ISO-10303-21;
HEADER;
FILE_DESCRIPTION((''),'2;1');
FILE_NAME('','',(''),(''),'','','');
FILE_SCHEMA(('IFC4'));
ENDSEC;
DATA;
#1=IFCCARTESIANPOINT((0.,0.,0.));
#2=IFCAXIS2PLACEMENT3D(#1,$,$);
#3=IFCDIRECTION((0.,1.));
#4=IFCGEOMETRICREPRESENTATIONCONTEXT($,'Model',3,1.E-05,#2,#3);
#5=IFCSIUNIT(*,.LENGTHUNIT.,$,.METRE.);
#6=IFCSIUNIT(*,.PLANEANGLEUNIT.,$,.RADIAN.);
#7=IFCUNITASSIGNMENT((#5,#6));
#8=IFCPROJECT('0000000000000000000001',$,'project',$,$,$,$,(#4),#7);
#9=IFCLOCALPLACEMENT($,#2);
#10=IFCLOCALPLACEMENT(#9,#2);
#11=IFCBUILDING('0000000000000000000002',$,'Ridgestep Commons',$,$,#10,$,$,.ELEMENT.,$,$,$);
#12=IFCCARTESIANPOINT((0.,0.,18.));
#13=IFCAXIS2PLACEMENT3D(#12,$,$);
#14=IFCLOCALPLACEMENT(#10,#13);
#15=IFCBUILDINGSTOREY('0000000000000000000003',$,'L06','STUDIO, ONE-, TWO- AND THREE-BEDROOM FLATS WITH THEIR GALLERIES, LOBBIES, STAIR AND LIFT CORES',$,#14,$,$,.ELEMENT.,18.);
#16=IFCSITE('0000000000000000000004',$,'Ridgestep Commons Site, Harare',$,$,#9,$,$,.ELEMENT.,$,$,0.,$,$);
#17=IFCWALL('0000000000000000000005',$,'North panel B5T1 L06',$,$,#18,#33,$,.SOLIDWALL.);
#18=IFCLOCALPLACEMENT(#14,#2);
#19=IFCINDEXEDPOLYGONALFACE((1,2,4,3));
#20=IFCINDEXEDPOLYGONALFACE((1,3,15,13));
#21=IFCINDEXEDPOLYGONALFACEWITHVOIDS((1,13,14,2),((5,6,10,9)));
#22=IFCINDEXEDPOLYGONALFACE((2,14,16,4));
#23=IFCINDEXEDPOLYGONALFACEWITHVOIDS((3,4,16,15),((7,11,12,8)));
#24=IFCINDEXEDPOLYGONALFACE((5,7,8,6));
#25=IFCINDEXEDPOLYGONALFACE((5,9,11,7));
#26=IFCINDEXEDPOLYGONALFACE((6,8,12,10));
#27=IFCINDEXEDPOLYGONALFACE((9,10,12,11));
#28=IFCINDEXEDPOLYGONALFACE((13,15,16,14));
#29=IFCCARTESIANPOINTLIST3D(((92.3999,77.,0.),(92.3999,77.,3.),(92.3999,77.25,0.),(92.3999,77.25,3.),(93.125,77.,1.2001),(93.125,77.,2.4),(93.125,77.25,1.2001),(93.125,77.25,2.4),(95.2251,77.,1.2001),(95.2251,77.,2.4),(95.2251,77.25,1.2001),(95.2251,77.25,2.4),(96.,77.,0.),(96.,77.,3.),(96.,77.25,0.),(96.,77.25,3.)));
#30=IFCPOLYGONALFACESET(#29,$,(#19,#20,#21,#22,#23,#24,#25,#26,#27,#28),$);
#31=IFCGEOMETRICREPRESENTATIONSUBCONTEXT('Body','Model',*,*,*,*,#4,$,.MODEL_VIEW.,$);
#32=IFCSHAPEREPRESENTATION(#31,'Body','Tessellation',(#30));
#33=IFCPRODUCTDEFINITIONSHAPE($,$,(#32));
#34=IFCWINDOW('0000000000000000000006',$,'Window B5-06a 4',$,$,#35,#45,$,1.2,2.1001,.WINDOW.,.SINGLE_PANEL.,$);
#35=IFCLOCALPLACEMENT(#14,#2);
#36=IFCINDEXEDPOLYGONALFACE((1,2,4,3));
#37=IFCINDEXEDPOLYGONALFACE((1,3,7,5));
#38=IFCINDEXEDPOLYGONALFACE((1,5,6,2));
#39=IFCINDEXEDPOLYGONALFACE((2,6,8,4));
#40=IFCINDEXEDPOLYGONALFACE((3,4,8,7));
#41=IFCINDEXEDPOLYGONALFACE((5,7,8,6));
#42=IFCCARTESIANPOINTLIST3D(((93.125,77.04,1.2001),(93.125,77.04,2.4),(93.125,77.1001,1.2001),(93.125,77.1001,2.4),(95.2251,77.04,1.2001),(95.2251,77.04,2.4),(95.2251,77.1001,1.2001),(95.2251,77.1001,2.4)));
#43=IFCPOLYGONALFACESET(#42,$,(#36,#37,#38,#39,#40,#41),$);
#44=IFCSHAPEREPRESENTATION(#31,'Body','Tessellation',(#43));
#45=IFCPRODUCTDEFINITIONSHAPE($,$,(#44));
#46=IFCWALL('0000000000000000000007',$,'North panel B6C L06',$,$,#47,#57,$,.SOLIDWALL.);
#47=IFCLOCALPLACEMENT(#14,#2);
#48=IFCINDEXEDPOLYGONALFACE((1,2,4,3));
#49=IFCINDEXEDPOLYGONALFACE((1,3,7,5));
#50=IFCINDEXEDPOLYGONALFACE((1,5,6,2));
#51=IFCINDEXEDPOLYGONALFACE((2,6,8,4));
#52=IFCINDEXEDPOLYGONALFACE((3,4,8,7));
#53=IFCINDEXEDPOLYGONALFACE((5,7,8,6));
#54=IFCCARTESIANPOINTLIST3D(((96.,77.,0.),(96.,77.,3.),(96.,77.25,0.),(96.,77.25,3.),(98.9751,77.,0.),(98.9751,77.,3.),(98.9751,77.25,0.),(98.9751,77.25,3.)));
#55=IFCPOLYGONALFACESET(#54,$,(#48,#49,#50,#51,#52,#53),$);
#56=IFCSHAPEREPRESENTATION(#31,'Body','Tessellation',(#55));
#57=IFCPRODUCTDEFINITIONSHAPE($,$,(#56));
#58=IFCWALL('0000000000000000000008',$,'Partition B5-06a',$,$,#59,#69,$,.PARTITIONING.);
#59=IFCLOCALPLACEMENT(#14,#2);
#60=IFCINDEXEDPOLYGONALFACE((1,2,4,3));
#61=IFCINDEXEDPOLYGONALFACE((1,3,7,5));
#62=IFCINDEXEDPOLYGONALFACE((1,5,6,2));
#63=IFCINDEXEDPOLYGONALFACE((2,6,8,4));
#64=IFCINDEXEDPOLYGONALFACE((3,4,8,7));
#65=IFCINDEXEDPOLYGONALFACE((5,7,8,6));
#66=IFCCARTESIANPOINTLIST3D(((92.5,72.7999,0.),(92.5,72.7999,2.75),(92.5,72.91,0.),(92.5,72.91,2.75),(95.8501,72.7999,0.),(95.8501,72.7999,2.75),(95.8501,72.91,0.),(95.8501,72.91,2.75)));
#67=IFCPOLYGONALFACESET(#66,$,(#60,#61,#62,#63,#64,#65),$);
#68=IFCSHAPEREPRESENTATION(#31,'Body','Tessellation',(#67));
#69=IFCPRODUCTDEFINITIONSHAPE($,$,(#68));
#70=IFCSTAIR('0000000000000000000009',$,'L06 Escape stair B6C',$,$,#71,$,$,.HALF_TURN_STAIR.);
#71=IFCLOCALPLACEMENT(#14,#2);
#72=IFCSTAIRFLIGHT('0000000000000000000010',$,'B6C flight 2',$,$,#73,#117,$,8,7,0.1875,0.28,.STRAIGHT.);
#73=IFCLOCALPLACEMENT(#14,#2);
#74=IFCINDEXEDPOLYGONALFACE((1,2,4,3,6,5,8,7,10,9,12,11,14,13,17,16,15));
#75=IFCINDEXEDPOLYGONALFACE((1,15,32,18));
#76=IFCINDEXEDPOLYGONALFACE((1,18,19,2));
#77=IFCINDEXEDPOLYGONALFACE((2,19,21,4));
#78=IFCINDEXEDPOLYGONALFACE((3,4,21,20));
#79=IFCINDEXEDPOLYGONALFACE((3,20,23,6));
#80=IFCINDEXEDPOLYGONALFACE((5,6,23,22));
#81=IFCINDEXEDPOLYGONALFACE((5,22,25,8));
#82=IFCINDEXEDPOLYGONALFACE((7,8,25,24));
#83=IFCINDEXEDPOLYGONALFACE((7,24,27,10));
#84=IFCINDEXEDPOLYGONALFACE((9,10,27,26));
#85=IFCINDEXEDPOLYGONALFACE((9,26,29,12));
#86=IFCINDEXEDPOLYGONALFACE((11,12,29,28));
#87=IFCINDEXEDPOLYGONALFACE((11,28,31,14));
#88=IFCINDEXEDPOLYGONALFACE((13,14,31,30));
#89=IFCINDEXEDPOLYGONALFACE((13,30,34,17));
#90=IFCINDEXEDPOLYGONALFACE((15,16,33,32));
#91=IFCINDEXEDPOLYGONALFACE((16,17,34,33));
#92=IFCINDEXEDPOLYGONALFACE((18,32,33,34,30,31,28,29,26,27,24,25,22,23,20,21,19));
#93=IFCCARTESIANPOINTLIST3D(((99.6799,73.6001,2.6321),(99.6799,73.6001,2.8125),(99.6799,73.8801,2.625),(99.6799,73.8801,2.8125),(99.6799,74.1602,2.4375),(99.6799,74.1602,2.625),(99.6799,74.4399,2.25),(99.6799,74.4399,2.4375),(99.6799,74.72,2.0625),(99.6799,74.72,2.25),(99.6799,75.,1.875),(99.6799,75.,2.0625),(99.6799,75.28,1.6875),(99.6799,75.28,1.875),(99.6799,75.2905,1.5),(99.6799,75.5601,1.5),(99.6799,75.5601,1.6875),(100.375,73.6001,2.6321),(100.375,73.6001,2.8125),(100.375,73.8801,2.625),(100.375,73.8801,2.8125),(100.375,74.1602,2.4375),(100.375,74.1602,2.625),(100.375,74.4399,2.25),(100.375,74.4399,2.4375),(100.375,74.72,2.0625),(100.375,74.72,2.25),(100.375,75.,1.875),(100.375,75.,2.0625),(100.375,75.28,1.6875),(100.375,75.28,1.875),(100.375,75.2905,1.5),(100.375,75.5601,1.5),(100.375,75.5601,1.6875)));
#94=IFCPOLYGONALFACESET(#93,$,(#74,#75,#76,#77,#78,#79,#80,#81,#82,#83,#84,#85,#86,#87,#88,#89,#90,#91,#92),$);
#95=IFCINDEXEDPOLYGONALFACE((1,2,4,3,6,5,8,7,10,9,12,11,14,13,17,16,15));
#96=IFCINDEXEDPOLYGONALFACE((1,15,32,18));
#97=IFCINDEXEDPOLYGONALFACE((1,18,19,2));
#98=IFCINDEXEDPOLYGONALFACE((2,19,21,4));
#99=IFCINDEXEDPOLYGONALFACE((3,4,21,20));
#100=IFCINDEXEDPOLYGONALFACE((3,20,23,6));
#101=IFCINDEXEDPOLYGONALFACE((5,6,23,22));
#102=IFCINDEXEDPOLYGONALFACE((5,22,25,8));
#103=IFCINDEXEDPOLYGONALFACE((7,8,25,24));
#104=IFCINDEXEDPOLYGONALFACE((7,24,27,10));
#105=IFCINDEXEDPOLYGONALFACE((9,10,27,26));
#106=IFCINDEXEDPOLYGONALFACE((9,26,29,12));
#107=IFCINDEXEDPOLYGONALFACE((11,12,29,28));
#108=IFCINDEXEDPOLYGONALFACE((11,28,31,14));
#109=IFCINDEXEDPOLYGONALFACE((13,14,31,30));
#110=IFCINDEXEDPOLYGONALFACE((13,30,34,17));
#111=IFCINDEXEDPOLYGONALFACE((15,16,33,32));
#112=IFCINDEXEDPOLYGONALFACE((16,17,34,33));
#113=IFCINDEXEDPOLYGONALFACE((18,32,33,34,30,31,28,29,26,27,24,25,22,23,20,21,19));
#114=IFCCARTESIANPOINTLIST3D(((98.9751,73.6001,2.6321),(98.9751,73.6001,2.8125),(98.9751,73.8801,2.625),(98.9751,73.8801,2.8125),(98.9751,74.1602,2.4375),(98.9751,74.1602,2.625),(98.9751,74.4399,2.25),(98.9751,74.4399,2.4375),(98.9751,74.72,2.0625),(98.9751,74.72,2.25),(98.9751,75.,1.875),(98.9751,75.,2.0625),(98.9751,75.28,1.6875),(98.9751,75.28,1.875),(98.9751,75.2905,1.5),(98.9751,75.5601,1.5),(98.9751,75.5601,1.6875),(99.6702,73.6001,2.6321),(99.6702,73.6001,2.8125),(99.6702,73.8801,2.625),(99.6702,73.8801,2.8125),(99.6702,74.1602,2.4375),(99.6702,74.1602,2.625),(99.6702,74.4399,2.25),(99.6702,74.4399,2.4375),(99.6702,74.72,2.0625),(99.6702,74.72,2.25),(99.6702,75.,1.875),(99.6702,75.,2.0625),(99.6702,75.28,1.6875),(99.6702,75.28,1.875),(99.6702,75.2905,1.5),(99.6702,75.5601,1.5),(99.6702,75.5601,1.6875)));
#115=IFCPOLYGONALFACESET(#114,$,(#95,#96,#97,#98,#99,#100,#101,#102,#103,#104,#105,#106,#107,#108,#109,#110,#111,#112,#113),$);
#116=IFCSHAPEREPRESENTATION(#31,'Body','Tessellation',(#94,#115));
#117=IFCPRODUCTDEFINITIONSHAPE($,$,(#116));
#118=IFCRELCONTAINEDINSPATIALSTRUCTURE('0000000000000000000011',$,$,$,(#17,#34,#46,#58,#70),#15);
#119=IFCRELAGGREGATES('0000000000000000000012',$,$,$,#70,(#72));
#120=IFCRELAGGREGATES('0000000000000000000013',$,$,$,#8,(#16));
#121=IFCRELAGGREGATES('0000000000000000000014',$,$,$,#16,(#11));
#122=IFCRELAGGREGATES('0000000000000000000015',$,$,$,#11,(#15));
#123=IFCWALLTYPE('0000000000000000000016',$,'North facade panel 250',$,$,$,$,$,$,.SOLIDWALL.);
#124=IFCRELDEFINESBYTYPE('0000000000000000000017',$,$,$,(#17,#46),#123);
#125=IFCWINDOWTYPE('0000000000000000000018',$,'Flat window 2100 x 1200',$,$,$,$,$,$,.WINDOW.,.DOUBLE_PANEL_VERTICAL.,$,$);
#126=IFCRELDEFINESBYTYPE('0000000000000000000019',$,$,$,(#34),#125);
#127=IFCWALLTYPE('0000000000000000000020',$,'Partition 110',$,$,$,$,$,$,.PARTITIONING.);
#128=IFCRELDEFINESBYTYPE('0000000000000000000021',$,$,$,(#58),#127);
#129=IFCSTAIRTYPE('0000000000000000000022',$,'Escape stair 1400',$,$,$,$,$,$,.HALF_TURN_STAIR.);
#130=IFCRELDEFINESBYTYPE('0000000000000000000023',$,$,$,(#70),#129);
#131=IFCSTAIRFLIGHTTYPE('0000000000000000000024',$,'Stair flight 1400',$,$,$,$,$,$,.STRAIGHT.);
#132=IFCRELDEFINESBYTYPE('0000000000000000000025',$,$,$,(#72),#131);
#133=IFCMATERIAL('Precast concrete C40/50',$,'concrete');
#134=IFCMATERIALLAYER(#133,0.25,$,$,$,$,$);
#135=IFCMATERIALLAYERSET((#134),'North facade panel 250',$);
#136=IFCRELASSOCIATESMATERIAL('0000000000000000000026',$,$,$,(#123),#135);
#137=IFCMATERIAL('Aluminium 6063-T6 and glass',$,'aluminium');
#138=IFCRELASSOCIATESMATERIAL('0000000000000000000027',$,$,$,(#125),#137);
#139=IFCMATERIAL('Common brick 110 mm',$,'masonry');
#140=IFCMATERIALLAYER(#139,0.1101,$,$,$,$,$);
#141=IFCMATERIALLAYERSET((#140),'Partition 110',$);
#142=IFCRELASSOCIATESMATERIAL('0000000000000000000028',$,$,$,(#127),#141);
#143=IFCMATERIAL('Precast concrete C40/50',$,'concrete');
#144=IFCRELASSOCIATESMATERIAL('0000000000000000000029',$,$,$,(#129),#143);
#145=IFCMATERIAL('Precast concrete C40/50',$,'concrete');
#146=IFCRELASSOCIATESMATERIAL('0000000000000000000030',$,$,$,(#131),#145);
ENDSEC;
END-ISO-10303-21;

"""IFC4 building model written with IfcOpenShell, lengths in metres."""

from ifc_helpers import new_model, si_unit, direction, frame, frame_2d, origin, place, context, subcontext, project, spatial, polyline, rectangle, outline, extrude, material, layer, layer_set, type_object, element, fill, aggregate, save


model = new_model("IFC4")

# Units and contexts
model_context = context("Model", 3, precision=1e-05, world=origin(), true_north=direction((0.0, 1.0)))
body_context = subcontext(model_context, "Body", "Model", "MODEL_VIEW")
ifc_project = project(units=[si_unit("LENGTHUNIT", "METRE"), si_unit("PLANEANGLEUNIT", "RADIAN")], contexts=[model_context])

# Site, building, storey
site_placement = place(None, origin())
site = spatial("IfcSite", under=ifc_project, at=site_placement, Name="Ridgestep Commons Site, Harare", CompositionType="ELEMENT", RefElevation=0.0)
building_placement = place(site_placement, origin())
building = spatial("IfcBuilding", under=site, at=building_placement, Name="Ridgestep Commons", CompositionType="ELEMENT")
storey_placement = place(building_placement, frame((0.0, 0.0, 18.0)))
storey = spatial("IfcBuildingStorey", under=building, at=storey_placement, Name="L06", Description="STUDIO, ONE-, TWO- AND THREE-BEDROOM FLATS WITH THEIR GALLERIES, LOBBIES, STAIR AND LIFT CORES", CompositionType="ELEMENT", Elevation=18.0)

# Wall, opening, window
ifc_material_1 = material(Name="Precast concrete C40/50", Category="concrete")
ifc_layer_1 = layer(ifc_material_1, 0.25)
ifc_layer_set_1 = layer_set([ifc_layer_1], Name="North facade panel 250")
wall_type_1 = type_object("IfcWallType", Name="North facade panel 250", PredefinedType="SOLIDWALL", material=ifc_layer_set_1)
wall_1_placement = place(storey_placement, frame((92.3999, 77.125, 0.0), z_axis=(0.0, 0.0, 1.0), x_axis=(1.0, 0.0, 0.0)))
wall_1 = element("IfcWall", 1, at=wall_1_placement, inside=storey, type_object=wall_type_1, Name="North panel B5T1 L06", PredefinedType="SOLIDWALL", context=body_context, shape_type="SweptSolid", body=[
    extrude(rectangle(XDim=3.6001, YDim=0.25, at=frame_2d((1.8, 0.0))), origin(), (0.0, 0.0, 1.0), 3.0),
])
opening_1_placement = place(wall_1_placement, frame((0.7251, 0.0, 1.2)))
opening_1 = element("IfcOpeningElement", 2, at=opening_1_placement, cuts=wall_1, PredefinedType="OPENING", context=body_context, shape_type="SweptSolid", body=[
    extrude(rectangle(XDim=2.1001, YDim=1.2, at=frame_2d((1.05, 0.6001))), frame((0.0, 0.135, 0.0), z_axis=(0.0, -1.0, 0.0), x_axis=(1.0, 0.0, 0.0)), (0.0, 0.0, 1.0), 0.27),
])
ifc_material_2 = material(Name="Aluminium 6063-T6 and glass", Category="aluminium")
window_type = type_object("IfcWindowType", Name="Flat window 2100 x 1200", PartitioningType="DOUBLE_PANEL_VERTICAL", PredefinedType="WINDOW", material=ifc_material_2)
window_placement = place(opening_1_placement, origin())
window = element("IfcWindow", 3, at=window_placement, inside=storey, type_object=window_type, Name="Window B5-06a 4", OverallHeight=1.2, OverallWidth=2.1001, PartitioningType="SINGLE_PANEL", PredefinedType="WINDOW", context=body_context, shape_type="SweptSolid", body=[
    extrude(rectangle(XDim=2.1001, YDim=1.2, at=frame_2d((1.05, 0.6001))), frame((0.0, -0.0249, 0.0), z_axis=(0.0, -1.0, 0.0), x_axis=(1.0, 0.0, 0.0)), (0.0, 0.0, 1.0), 0.0601),
])
fill(opening_1, window)

# Walls
wall_2_placement = place(storey_placement, frame((96.0, 77.125, 0.0), z_axis=(0.0, 0.0, 1.0), x_axis=(1.0, 0.0, 0.0)))
element("IfcWall", 4, at=wall_2_placement, inside=storey, type_object=wall_type_1, Name="North panel B6C L06", PredefinedType="SOLIDWALL", context=body_context, shape_type="SweptSolid", body=[
    extrude(rectangle(XDim=2.9751, YDim=0.25, at=frame_2d((1.4875, 0.0))), origin(), (0.0, 0.0, 1.0), 3.0),
])
ifc_material_3 = material(Name="Common brick 110 mm", Category="masonry")
ifc_layer_2 = layer(ifc_material_3, 0.1101)
ifc_layer_set_2 = layer_set([ifc_layer_2], Name="Partition 110")
wall_type_2 = type_object("IfcWallType", Name="Partition 110", PredefinedType="PARTITIONING", material=ifc_layer_set_2)
wall_3_placement = place(storey_placement, frame((92.5, 72.855, 0.0), z_axis=(0.0, 0.0, 1.0), x_axis=(1.0, 0.0, 0.0)))
element("IfcWall", 5, at=wall_3_placement, inside=storey, type_object=wall_type_2, Name="Partition B5-06a", PredefinedType="PARTITIONING", context=body_context, shape_type="SweptSolid", body=[
    extrude(rectangle(XDim=3.3501, YDim=0.1101, at=frame_2d((1.675, 0.0))), origin(), (0.0, 0.0, 1.0), 2.75),
])

# Stair, stair flight
ifc_material_4 = material(Name="Precast concrete C40/50", Category="concrete")
stair_type = type_object("IfcStairType", Name="Escape stair 1400", PredefinedType="HALF_TURN_STAIR", material=ifc_material_4)
stair_placement = place(storey_placement, origin())
stair = element("IfcStair", 6, at=stair_placement, inside=storey, type_object=stair_type, Name="L06 Escape stair B6C", PredefinedType="HALF_TURN_STAIR")
ifc_material_5 = material(Name="Precast concrete C40/50", Category="concrete")
stair_flight_type = type_object("IfcStairFlightType", Name="Stair flight 1400", PredefinedType="STRAIGHT", material=ifc_material_5)
stair_flight_placement = place(storey_placement, frame((99.675, 75.5601, 1.5), z_axis=(0.0, 0.0, 1.0), x_axis=(0.0, -1.0, 0.0)))
stair_flight = element("IfcStairFlight", 7, at=stair_flight_placement, type_object=stair_flight_type, Name="B6C flight 2", NumberOfRisers=8, NumberOfTreads=7, PredefinedType="STRAIGHT", RiserHeight=0.1875, TreadLength=0.28, context=body_context, shape_type="SweptSolid", body=[
    extrude(outline(polyline([(0.0, 0.0), (0.0, 0.1875), (0.28, 0.1875), (0.28, 0.375), (0.5601, 0.375), (0.5601, 0.5625), (0.8401, 0.5625), (0.8401, 0.75), (1.1201, 0.75), (1.1201, 0.9375), (1.3999, 0.9375), (1.3999, 1.125), (1.6799, 1.125), (1.6799, 1.3125), (1.96, 1.3125), (1.96, 1.5), (1.96, 1.1321), (0.2695, 0.0), (0.0, 0.0)])), frame((0.0, 0.7, 0.0), z_axis=(0.0, -1.0, 0.0), x_axis=(1.0, 0.0, 0.0)), (0.0, 0.0, 1.0), 0.6951),
    extrude(outline(polyline([(0.0, 0.0), (0.0, 0.1875), (0.28, 0.1875), (0.28, 0.375), (0.5601, 0.375), (0.5601, 0.5625), (0.8401, 0.5625), (0.8401, 0.75), (1.1201, 0.75), (1.1201, 0.9375), (1.3999, 0.9375), (1.3999, 1.125), (1.6799, 1.125), (1.6799, 1.3125), (1.96, 1.3125), (1.96, 1.5), (1.96, 1.1321), (0.2695, 0.0), (0.0, 0.0)])), frame((0.0, -0.0049, 0.0), z_axis=(0.0, -1.0, 0.0), x_axis=(1.0, 0.0, 0.0)), (0.0, 0.0, 1.0), 0.6951),
])
aggregate(stair, [stair_flight])

save(model, "model.ifc")
